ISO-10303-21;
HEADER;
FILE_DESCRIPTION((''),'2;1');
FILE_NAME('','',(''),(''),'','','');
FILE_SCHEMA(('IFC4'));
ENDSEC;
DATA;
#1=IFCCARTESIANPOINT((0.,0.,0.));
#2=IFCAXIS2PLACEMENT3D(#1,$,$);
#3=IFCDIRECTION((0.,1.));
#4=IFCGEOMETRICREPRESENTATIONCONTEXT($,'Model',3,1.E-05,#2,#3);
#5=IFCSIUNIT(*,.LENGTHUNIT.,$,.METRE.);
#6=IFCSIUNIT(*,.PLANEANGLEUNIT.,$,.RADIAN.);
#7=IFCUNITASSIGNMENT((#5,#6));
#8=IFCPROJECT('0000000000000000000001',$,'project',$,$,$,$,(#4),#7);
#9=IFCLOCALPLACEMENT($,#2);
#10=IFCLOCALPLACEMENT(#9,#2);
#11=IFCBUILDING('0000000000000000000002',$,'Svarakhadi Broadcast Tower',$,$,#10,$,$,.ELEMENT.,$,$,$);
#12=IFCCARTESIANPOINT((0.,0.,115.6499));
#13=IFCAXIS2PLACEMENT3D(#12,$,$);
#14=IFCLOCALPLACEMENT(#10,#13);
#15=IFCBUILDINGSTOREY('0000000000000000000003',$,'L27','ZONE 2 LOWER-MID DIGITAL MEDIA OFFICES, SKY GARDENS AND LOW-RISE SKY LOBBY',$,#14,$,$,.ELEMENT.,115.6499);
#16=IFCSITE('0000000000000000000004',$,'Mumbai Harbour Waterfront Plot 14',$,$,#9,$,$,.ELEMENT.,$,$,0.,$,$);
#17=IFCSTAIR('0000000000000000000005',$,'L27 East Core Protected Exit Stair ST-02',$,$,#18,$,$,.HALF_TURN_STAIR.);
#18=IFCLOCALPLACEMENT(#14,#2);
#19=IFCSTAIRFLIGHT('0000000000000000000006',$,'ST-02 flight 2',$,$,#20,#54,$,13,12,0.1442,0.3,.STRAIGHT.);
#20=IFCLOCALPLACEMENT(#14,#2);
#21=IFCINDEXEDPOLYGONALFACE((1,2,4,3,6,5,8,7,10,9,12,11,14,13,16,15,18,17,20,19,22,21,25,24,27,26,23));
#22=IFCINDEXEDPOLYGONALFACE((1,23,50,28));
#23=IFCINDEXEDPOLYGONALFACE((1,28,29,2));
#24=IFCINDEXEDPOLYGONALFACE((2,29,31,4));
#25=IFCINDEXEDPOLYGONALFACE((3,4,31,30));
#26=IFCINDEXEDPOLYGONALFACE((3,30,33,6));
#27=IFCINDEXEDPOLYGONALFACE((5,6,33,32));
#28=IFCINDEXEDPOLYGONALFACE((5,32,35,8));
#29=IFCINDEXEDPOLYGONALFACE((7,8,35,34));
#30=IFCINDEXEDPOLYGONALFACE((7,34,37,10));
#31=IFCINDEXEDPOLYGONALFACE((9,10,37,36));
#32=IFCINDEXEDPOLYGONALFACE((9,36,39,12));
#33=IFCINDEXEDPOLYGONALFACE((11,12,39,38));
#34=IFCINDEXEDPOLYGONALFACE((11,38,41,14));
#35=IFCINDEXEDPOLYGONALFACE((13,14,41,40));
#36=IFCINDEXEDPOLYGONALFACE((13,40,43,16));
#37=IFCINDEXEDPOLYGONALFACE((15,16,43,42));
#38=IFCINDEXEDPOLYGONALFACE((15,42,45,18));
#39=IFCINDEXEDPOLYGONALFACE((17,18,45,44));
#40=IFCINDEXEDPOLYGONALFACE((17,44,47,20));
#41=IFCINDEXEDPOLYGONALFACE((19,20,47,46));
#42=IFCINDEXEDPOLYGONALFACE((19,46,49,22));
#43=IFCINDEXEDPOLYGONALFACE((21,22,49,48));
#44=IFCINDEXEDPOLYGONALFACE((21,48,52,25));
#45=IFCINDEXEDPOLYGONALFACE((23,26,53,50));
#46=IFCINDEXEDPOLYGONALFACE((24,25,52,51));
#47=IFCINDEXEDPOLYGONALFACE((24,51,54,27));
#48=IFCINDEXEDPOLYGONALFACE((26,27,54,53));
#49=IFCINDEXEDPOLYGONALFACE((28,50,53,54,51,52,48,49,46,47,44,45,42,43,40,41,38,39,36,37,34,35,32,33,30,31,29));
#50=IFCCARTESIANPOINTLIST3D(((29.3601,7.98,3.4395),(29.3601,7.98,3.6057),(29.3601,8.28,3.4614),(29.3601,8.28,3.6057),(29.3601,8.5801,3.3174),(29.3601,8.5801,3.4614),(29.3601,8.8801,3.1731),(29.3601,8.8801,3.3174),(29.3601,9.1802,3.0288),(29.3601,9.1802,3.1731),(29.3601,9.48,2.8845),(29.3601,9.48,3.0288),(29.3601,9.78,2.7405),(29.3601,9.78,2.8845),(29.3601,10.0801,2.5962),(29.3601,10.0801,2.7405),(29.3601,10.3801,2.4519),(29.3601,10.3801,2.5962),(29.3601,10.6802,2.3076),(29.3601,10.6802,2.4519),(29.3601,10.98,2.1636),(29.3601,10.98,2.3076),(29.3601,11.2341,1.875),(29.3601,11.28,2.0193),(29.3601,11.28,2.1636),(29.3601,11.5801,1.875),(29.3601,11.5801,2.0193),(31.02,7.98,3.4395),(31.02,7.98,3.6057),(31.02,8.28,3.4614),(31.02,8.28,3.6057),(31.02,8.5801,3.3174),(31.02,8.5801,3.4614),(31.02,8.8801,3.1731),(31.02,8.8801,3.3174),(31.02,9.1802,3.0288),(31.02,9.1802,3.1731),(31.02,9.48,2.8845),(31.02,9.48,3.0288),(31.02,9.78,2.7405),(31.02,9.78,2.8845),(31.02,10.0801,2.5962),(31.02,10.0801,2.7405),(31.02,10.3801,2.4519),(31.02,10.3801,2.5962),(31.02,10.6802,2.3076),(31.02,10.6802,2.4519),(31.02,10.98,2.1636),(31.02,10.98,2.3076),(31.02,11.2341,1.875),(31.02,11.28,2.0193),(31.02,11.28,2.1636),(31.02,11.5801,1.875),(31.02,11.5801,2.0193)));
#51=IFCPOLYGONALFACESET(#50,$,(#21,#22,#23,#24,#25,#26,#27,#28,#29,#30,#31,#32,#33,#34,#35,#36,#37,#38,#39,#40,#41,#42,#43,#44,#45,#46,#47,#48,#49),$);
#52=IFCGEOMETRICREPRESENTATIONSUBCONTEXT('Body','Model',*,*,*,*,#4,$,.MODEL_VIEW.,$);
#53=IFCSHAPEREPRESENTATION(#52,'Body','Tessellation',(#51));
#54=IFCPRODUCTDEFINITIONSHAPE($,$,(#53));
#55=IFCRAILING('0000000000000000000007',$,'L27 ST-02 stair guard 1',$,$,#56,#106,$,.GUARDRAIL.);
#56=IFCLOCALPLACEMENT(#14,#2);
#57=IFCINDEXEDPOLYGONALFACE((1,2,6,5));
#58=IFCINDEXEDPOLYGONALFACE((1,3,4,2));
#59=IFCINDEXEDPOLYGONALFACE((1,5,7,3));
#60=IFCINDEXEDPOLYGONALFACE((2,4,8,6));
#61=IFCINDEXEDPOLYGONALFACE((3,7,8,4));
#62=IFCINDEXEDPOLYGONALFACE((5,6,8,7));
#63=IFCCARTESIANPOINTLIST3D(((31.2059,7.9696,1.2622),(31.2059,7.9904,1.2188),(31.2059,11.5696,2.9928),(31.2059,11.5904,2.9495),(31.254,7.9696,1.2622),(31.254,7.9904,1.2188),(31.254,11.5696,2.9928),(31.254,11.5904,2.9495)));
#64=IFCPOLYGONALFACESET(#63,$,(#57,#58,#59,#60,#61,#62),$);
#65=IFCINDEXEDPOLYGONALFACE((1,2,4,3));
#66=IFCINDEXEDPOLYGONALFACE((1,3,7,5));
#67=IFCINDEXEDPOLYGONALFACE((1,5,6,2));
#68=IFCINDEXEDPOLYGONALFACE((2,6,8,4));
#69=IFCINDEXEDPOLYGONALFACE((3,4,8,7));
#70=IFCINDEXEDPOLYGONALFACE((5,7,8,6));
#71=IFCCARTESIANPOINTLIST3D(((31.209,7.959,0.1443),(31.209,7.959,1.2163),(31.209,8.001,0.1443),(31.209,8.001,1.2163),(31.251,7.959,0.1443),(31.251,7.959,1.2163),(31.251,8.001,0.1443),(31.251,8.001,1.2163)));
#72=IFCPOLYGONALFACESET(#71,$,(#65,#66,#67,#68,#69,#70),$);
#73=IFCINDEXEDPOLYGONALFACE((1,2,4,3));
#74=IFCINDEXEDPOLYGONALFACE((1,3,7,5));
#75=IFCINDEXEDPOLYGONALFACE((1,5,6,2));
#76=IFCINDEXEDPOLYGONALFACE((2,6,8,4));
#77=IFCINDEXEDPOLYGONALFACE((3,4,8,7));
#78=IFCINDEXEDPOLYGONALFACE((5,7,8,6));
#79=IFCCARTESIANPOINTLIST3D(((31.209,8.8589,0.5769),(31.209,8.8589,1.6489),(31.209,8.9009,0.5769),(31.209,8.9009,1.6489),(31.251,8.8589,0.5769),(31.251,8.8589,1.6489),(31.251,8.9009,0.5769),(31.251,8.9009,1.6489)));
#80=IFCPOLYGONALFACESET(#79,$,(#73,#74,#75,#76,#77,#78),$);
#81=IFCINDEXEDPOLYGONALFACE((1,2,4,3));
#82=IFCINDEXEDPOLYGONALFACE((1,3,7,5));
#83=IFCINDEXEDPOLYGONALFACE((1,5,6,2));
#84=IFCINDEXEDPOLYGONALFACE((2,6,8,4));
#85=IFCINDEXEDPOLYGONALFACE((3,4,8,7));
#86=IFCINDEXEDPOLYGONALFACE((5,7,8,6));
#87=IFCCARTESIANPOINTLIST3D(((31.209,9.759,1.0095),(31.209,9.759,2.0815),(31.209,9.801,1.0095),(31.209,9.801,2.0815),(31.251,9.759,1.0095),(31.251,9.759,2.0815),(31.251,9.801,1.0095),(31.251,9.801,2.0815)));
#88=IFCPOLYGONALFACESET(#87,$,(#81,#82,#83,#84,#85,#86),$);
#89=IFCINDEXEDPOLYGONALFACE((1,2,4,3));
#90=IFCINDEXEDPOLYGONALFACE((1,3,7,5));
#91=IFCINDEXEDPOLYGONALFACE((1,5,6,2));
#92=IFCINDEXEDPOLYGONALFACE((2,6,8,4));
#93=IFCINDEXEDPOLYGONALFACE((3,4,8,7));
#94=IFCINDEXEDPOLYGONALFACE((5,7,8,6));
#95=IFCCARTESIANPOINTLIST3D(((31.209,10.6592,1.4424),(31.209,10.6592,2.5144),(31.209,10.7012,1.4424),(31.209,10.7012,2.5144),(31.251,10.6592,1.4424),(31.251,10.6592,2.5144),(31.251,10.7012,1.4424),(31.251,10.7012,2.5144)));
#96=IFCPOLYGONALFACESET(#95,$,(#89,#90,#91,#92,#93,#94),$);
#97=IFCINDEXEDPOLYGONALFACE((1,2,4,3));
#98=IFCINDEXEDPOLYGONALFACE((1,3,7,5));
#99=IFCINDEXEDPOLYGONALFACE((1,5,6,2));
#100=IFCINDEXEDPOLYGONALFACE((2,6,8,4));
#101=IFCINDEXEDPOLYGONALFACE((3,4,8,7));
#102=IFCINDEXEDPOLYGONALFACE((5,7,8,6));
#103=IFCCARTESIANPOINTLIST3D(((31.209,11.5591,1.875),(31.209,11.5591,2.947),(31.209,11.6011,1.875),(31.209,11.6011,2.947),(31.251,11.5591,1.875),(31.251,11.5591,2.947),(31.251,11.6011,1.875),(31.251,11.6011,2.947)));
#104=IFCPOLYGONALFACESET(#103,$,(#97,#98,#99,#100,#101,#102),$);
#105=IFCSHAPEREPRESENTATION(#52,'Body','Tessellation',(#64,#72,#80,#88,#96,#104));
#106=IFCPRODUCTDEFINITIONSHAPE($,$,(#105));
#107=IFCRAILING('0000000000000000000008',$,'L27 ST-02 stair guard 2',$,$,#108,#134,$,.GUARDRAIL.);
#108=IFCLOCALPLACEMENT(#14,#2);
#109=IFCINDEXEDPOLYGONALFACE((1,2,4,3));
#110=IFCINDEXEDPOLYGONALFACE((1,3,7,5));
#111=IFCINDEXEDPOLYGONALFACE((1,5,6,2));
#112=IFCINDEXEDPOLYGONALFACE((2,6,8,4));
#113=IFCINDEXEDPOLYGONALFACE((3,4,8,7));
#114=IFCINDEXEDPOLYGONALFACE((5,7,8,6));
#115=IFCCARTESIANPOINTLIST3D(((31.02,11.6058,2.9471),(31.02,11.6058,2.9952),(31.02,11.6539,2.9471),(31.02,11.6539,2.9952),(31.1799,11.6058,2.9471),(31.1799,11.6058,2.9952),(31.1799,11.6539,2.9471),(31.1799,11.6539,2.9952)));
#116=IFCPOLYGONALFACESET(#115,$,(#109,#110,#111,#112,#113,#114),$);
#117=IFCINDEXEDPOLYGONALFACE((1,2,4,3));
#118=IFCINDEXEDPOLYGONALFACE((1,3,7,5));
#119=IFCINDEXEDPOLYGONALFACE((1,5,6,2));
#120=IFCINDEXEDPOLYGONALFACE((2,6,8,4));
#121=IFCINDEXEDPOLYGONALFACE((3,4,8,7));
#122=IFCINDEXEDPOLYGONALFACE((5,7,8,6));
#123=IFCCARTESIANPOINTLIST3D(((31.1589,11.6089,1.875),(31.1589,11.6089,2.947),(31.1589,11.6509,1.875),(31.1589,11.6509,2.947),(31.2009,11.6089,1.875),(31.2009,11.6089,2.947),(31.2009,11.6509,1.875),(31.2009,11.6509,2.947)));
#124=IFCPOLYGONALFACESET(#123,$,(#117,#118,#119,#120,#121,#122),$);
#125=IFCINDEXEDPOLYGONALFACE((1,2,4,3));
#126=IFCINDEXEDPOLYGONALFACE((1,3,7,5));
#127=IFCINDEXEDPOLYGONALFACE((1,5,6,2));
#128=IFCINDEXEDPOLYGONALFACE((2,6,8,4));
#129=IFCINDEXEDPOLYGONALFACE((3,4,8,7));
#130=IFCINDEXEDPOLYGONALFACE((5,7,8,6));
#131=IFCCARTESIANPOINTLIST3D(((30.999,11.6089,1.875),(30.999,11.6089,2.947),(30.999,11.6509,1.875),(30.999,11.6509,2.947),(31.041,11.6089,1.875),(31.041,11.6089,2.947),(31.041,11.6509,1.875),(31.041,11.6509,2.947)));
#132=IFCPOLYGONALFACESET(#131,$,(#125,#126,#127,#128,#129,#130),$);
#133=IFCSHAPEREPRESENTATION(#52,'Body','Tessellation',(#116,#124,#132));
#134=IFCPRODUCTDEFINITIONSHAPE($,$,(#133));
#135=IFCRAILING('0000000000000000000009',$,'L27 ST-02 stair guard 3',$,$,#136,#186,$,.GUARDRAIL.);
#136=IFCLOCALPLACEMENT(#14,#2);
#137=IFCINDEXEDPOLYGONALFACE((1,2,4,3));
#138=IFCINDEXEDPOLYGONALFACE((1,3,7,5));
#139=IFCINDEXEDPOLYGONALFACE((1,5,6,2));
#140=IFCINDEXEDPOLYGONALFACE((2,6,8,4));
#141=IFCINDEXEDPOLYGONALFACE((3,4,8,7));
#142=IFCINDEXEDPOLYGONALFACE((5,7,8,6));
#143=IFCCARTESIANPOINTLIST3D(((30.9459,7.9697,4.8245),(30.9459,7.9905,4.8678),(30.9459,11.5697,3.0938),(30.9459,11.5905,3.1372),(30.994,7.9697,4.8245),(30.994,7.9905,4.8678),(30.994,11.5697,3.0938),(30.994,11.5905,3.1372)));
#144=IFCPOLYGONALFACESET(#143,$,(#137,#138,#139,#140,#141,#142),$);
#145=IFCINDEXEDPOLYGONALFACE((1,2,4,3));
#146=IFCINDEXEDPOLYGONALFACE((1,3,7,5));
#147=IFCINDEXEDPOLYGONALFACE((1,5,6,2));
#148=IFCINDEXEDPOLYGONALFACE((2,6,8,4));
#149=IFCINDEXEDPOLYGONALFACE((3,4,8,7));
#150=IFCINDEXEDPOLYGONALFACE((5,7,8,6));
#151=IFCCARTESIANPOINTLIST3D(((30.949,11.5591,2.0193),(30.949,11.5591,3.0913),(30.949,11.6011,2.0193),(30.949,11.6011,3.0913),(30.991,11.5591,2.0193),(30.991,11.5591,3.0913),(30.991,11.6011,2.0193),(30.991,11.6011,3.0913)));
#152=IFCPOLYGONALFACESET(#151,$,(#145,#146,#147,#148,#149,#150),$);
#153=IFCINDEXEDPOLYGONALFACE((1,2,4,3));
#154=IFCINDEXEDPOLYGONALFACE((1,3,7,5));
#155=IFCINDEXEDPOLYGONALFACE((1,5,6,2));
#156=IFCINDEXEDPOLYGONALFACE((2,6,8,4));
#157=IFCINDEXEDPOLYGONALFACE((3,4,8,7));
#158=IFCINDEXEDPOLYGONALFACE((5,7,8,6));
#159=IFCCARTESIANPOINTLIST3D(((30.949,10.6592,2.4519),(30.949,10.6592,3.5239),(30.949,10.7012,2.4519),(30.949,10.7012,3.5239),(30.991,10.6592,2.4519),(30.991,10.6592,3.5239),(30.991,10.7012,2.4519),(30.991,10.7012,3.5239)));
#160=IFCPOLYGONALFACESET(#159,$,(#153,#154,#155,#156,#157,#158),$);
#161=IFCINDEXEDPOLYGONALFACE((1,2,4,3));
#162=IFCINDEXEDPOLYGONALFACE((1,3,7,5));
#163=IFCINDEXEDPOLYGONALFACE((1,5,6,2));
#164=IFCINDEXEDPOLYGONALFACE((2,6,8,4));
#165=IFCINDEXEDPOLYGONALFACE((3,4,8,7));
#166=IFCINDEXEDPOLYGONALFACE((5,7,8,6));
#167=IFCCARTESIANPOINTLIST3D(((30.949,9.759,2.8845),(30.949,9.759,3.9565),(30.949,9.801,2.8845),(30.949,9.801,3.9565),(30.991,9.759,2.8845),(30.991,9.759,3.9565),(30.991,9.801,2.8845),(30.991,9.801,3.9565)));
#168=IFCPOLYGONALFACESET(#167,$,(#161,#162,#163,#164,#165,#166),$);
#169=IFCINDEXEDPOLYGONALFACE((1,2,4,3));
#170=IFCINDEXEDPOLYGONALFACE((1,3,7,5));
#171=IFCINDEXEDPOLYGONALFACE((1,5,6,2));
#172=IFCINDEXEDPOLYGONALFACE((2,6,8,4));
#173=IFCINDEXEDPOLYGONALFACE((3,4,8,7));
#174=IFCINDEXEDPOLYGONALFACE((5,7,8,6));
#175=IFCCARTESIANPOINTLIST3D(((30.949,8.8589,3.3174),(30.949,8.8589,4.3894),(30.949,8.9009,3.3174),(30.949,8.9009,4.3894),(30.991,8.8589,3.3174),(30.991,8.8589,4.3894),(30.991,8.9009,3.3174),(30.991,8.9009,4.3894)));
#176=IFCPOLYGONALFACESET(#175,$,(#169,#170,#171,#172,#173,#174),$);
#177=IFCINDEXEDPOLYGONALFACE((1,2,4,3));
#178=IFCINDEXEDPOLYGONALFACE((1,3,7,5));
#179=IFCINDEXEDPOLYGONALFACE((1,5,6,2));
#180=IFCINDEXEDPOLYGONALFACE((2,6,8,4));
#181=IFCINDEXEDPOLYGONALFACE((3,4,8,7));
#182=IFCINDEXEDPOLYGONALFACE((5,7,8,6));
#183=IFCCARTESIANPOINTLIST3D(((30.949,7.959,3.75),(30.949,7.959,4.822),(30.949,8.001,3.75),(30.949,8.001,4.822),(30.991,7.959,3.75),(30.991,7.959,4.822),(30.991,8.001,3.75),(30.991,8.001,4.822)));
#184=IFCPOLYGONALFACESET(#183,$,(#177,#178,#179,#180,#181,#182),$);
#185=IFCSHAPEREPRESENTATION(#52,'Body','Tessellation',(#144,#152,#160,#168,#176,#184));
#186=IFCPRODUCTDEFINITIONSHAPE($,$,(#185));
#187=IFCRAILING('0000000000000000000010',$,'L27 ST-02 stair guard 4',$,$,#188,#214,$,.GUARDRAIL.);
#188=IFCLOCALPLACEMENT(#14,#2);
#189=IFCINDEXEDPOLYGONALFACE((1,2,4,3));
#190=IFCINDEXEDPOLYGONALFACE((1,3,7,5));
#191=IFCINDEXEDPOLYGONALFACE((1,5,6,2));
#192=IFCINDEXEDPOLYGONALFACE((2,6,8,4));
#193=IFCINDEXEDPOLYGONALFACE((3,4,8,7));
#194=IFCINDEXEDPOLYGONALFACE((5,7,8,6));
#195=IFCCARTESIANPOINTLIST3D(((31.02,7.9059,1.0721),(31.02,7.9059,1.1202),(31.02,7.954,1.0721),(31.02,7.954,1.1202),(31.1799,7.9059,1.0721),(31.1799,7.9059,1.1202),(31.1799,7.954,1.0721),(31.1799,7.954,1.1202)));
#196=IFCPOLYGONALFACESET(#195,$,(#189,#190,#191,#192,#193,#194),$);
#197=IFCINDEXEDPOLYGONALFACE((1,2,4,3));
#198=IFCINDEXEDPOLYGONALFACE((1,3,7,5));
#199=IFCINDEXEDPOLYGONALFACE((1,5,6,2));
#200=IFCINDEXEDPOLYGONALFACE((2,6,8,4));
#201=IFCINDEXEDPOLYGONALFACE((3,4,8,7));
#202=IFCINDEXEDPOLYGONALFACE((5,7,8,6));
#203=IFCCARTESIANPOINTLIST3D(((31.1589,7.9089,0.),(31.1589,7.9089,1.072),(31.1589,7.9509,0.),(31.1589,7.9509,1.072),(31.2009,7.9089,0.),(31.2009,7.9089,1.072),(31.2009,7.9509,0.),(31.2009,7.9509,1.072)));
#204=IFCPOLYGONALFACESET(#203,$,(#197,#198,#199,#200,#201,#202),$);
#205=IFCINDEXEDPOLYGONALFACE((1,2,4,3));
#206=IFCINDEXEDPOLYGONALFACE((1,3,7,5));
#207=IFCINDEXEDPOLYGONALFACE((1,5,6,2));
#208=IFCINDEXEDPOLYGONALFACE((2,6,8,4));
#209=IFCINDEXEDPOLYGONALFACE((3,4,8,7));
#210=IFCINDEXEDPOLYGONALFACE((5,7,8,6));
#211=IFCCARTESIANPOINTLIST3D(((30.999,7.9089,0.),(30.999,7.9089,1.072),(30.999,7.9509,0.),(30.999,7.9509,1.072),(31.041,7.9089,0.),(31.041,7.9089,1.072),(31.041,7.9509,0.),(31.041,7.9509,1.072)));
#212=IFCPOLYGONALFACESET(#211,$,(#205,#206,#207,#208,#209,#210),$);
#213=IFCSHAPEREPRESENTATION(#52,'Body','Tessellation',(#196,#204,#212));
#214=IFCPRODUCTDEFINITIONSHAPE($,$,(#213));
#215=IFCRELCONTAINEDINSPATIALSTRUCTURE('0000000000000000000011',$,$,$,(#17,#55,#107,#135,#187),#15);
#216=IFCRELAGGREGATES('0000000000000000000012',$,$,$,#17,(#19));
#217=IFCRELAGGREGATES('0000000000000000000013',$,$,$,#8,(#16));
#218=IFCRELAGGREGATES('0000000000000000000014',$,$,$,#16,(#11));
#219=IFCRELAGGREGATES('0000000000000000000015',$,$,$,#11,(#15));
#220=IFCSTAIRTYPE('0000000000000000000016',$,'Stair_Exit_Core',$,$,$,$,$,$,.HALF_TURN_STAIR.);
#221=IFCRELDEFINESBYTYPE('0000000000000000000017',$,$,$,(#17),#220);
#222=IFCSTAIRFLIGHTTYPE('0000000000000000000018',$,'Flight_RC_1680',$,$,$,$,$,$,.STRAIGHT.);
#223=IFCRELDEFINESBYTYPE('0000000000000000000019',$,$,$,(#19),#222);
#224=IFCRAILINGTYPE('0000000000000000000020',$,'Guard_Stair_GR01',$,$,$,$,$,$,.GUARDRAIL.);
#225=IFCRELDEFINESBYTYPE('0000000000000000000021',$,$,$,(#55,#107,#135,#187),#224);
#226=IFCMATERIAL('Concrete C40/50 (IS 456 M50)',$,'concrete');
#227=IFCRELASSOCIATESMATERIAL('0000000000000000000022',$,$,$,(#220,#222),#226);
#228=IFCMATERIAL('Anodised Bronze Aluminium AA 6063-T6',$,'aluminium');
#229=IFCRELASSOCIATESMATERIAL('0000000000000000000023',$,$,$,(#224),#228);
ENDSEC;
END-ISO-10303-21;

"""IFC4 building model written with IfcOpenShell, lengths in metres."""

from ifc_helpers import new_model, si_unit, direction, frame, origin, origin_2d, place, context, subcontext, project, spatial, polyline, rectangle, outline, extrude, material, type_object, element, aggregate, save


model = new_model("IFC4")

# Units and contexts
model_context = context("Model", 3, precision=1e-05, world=origin(), true_north=direction((0.0, 1.0)))
body_context = subcontext(model_context, "Body", "Model", "MODEL_VIEW")
ifc_project = project(units=[si_unit("LENGTHUNIT", "METRE"), si_unit("PLANEANGLEUNIT", "RADIAN")], contexts=[model_context])

# Site, building, storey
site_placement = place(None, origin())
site = spatial("IfcSite", under=ifc_project, at=site_placement, Name="Mumbai Harbour Waterfront Plot 14", CompositionType="ELEMENT", RefElevation=0.0)
building_placement = place(site_placement, origin())
building = spatial("IfcBuilding", under=site, at=building_placement, Name="Svarakhadi Broadcast Tower", CompositionType="ELEMENT")
storey_placement = place(building_placement, frame((0.0, 0.0, 115.6499)))
storey = spatial("IfcBuildingStorey", under=building, at=storey_placement, Name="L27", Description="ZONE 2 LOWER-MID DIGITAL MEDIA OFFICES, SKY GARDENS AND LOW-RISE SKY LOBBY", CompositionType="ELEMENT", Elevation=115.6499)

# Shared definitions
ifc_material_1 = material(Name="Anodised Bronze Aluminium AA 6063-T6", Category="aluminium")

# Shared definitions
ifc_material_2 = material(Name="Concrete C40/50 (IS 456 M50)", Category="concrete")

# Stair, stair flight
stair_type = type_object("IfcStairType", Name="Stair_Exit_Core", PredefinedType="HALF_TURN_STAIR", material=ifc_material_2)
stair_placement = place(storey_placement, origin())
stair = element("IfcStair", 1, at=stair_placement, inside=storey, type_object=stair_type, Name="L27 East Core Protected Exit Stair ST-02", PredefinedType="HALF_TURN_STAIR")
stair_flight_type = type_object("IfcStairFlightType", Name="Flight_RC_1680", PredefinedType="STRAIGHT", material=ifc_material_2)
stair_flight_1_placement = place(storey_placement, frame((30.1899, 11.5801, 1.875), z_axis=(0.0, 0.0, 1.0), x_axis=(0.0, -1.0, 0.0)))
stair_flight_1 = element("IfcStairFlight", 2, at=stair_flight_1_placement, type_object=stair_flight_type, Name="ST-02 flight 2", NumberOfRisers=13, NumberOfTreads=12, PredefinedType="STRAIGHT", RiserHeight=0.1442, TreadLength=0.3, context=body_context, shape_type="SweptSolid", body=[
    extrude(outline(polyline([(0.0, 0.0), (0.0, 0.1443), (0.3, 0.1443), (0.3, 0.2886), (0.6001, 0.2886), (0.6001, 0.4326), (0.8999, 0.4326), (0.8999, 0.5769), (1.2, 0.5769), (1.2, 0.7212), (1.5, 0.7212), (1.5, 0.8655), (1.8, 0.8655), (1.8, 1.0095), (2.1001, 1.0095), (2.1001, 1.1538), (2.3999, 1.1538), (2.3999, 1.2981), (2.7, 1.2981), (2.7, 1.4424), (3.0, 1.4424), (3.0, 1.5864), (3.3, 1.5864), (3.3, 1.7307), (3.6001, 1.7307), (3.6001, 1.875), (3.6001, 1.5645), (0.3459, 0.0), (0.0, 0.0)])), frame((0.0, 0.8301, 0.0), z_axis=(0.0, -1.0, 0.0), x_axis=(1.0, 0.0, 0.0)), (0.0, 0.0, 1.0), 1.6599),
])
aggregate(stair, [stair_flight_1])

# Railings
railing_type_1 = type_object("IfcRailingType", Name="Guard_Stair_GR01", PredefinedType="GUARDRAIL", material=ifc_material_1)
railing_1_placement = place(storey_placement, frame((31.23, 7.98, 0.1443)))
element("IfcRailing", 3, at=railing_1_placement, inside=storey, type_object=railing_type_1, Name="L27 ST-02 stair guard 1", PredefinedType="GUARDRAIL", context=body_context, shape_type="SweptSolid", body=[
    extrude(rectangle(XDim=0.0481, YDim=0.0481, at=origin_2d()), frame((0.0, 0.0, 1.0962), z_axis=(0.0, 0.901263, 0.433273), x_axis=(-1.0, 0.0, 0.0)), (0.0, 0.0, 1.0), 3.9944),
    extrude(rectangle(XDim=0.042, YDim=0.042, at=origin_2d()), origin(), (0.0, 0.0, 1.0), 1.072),
    extrude(rectangle(XDim=0.042, YDim=0.042, at=origin_2d()), frame((0.0, 0.8999, 0.4326)), (0.0, 0.0, 1.0), 1.072),
    extrude(rectangle(XDim=0.042, YDim=0.042, at=origin_2d()), frame((0.0, 1.8, 0.8652)), (0.0, 0.0, 1.0), 1.072),
    extrude(rectangle(XDim=0.042, YDim=0.042, at=origin_2d()), frame((0.0, 2.7002, 1.2981)), (0.0, 0.0, 1.0), 1.072),
    extrude(rectangle(XDim=0.042, YDim=0.042, at=origin_2d()), frame((0.0, 3.6001, 1.7307)), (0.0, 0.0, 1.0), 1.072),
])
railing_2_placement = place(storey_placement, frame((31.1799, 11.6299, 1.875)))
element("IfcRailing", 4, at=railing_2_placement, inside=storey, type_object=railing_type_1, Name="L27 ST-02 stair guard 2", PredefinedType="GUARDRAIL", context=body_context, shape_type="SweptSolid", body=[
    extrude(rectangle(XDim=0.0481, YDim=0.0481, at=origin_2d()), frame((0.0, 0.0, 1.0962), z_axis=(-1.0, 0.0, 0.0), x_axis=(0.0, -1.0, 0.0)), (0.0, 0.0, 1.0), 0.1599),
    extrude(rectangle(XDim=0.042, YDim=0.042, at=origin_2d()), origin(), (0.0, 0.0, 1.0), 1.072),
    extrude(rectangle(XDim=0.042, YDim=0.042, at=origin_2d()), frame((-0.1599, 0.0, 0.0)), (0.0, 0.0, 1.0), 1.072),
])
railing_3_placement = place(storey_placement, frame((30.97, 11.5801, 2.0193)))
element("IfcRailing", 5, at=railing_3_placement, inside=storey, type_object=railing_type_1, Name="L27 ST-02 stair guard 3", PredefinedType="GUARDRAIL", context=body_context, shape_type="SweptSolid", body=[
    extrude(rectangle(XDim=0.0481, YDim=0.0481, at=origin_2d()), frame((0.0, 0.0, 1.0962), z_axis=(0.0, -0.901263, 0.433273), x_axis=(1.0, 0.0, 0.0)), (0.0, 0.0, 1.0), 3.9944),
    extrude(rectangle(XDim=0.042, YDim=0.042, at=origin_2d()), origin(), (0.0, 0.0, 1.0), 1.072),
    extrude(rectangle(XDim=0.042, YDim=0.042, at=origin_2d()), frame((0.0, -0.8999, 0.4326)), (0.0, 0.0, 1.0), 1.072),
    extrude(rectangle(XDim=0.042, YDim=0.042, at=origin_2d()), frame((0.0, -1.8, 0.8652)), (0.0, 0.0, 1.0), 1.072),
    extrude(rectangle(XDim=0.042, YDim=0.042, at=origin_2d()), frame((0.0, -2.7002, 1.2981)), (0.0, 0.0, 1.0), 1.072),
    extrude(rectangle(XDim=0.042, YDim=0.042, at=origin_2d()), frame((0.0, -3.6001, 1.7307)), (0.0, 0.0, 1.0), 1.072),
])
railing_4_placement = place(storey_placement, frame((31.1799, 7.9299, 0.0)))
element("IfcRailing", 6, at=railing_4_placement, inside=storey, type_object=railing_type_1, Name="L27 ST-02 stair guard 4", PredefinedType="GUARDRAIL", context=body_context, shape_type="SweptSolid", body=[
    extrude(rectangle(XDim=0.0481, YDim=0.0481, at=origin_2d()), frame((0.0, 0.0, 1.0962), z_axis=(-1.0, 0.0, 0.0), x_axis=(0.0, -1.0, 0.0)), (0.0, 0.0, 1.0), 0.1599),
    extrude(rectangle(XDim=0.042, YDim=0.042, at=origin_2d()), origin(), (0.0, 0.0, 1.0), 1.072),
    extrude(rectangle(XDim=0.042, YDim=0.042, at=origin_2d()), frame((-0.1599, 0.0, 0.0)), (0.0, 0.0, 1.0), 1.072),
])

save(model, "model.ifc")
